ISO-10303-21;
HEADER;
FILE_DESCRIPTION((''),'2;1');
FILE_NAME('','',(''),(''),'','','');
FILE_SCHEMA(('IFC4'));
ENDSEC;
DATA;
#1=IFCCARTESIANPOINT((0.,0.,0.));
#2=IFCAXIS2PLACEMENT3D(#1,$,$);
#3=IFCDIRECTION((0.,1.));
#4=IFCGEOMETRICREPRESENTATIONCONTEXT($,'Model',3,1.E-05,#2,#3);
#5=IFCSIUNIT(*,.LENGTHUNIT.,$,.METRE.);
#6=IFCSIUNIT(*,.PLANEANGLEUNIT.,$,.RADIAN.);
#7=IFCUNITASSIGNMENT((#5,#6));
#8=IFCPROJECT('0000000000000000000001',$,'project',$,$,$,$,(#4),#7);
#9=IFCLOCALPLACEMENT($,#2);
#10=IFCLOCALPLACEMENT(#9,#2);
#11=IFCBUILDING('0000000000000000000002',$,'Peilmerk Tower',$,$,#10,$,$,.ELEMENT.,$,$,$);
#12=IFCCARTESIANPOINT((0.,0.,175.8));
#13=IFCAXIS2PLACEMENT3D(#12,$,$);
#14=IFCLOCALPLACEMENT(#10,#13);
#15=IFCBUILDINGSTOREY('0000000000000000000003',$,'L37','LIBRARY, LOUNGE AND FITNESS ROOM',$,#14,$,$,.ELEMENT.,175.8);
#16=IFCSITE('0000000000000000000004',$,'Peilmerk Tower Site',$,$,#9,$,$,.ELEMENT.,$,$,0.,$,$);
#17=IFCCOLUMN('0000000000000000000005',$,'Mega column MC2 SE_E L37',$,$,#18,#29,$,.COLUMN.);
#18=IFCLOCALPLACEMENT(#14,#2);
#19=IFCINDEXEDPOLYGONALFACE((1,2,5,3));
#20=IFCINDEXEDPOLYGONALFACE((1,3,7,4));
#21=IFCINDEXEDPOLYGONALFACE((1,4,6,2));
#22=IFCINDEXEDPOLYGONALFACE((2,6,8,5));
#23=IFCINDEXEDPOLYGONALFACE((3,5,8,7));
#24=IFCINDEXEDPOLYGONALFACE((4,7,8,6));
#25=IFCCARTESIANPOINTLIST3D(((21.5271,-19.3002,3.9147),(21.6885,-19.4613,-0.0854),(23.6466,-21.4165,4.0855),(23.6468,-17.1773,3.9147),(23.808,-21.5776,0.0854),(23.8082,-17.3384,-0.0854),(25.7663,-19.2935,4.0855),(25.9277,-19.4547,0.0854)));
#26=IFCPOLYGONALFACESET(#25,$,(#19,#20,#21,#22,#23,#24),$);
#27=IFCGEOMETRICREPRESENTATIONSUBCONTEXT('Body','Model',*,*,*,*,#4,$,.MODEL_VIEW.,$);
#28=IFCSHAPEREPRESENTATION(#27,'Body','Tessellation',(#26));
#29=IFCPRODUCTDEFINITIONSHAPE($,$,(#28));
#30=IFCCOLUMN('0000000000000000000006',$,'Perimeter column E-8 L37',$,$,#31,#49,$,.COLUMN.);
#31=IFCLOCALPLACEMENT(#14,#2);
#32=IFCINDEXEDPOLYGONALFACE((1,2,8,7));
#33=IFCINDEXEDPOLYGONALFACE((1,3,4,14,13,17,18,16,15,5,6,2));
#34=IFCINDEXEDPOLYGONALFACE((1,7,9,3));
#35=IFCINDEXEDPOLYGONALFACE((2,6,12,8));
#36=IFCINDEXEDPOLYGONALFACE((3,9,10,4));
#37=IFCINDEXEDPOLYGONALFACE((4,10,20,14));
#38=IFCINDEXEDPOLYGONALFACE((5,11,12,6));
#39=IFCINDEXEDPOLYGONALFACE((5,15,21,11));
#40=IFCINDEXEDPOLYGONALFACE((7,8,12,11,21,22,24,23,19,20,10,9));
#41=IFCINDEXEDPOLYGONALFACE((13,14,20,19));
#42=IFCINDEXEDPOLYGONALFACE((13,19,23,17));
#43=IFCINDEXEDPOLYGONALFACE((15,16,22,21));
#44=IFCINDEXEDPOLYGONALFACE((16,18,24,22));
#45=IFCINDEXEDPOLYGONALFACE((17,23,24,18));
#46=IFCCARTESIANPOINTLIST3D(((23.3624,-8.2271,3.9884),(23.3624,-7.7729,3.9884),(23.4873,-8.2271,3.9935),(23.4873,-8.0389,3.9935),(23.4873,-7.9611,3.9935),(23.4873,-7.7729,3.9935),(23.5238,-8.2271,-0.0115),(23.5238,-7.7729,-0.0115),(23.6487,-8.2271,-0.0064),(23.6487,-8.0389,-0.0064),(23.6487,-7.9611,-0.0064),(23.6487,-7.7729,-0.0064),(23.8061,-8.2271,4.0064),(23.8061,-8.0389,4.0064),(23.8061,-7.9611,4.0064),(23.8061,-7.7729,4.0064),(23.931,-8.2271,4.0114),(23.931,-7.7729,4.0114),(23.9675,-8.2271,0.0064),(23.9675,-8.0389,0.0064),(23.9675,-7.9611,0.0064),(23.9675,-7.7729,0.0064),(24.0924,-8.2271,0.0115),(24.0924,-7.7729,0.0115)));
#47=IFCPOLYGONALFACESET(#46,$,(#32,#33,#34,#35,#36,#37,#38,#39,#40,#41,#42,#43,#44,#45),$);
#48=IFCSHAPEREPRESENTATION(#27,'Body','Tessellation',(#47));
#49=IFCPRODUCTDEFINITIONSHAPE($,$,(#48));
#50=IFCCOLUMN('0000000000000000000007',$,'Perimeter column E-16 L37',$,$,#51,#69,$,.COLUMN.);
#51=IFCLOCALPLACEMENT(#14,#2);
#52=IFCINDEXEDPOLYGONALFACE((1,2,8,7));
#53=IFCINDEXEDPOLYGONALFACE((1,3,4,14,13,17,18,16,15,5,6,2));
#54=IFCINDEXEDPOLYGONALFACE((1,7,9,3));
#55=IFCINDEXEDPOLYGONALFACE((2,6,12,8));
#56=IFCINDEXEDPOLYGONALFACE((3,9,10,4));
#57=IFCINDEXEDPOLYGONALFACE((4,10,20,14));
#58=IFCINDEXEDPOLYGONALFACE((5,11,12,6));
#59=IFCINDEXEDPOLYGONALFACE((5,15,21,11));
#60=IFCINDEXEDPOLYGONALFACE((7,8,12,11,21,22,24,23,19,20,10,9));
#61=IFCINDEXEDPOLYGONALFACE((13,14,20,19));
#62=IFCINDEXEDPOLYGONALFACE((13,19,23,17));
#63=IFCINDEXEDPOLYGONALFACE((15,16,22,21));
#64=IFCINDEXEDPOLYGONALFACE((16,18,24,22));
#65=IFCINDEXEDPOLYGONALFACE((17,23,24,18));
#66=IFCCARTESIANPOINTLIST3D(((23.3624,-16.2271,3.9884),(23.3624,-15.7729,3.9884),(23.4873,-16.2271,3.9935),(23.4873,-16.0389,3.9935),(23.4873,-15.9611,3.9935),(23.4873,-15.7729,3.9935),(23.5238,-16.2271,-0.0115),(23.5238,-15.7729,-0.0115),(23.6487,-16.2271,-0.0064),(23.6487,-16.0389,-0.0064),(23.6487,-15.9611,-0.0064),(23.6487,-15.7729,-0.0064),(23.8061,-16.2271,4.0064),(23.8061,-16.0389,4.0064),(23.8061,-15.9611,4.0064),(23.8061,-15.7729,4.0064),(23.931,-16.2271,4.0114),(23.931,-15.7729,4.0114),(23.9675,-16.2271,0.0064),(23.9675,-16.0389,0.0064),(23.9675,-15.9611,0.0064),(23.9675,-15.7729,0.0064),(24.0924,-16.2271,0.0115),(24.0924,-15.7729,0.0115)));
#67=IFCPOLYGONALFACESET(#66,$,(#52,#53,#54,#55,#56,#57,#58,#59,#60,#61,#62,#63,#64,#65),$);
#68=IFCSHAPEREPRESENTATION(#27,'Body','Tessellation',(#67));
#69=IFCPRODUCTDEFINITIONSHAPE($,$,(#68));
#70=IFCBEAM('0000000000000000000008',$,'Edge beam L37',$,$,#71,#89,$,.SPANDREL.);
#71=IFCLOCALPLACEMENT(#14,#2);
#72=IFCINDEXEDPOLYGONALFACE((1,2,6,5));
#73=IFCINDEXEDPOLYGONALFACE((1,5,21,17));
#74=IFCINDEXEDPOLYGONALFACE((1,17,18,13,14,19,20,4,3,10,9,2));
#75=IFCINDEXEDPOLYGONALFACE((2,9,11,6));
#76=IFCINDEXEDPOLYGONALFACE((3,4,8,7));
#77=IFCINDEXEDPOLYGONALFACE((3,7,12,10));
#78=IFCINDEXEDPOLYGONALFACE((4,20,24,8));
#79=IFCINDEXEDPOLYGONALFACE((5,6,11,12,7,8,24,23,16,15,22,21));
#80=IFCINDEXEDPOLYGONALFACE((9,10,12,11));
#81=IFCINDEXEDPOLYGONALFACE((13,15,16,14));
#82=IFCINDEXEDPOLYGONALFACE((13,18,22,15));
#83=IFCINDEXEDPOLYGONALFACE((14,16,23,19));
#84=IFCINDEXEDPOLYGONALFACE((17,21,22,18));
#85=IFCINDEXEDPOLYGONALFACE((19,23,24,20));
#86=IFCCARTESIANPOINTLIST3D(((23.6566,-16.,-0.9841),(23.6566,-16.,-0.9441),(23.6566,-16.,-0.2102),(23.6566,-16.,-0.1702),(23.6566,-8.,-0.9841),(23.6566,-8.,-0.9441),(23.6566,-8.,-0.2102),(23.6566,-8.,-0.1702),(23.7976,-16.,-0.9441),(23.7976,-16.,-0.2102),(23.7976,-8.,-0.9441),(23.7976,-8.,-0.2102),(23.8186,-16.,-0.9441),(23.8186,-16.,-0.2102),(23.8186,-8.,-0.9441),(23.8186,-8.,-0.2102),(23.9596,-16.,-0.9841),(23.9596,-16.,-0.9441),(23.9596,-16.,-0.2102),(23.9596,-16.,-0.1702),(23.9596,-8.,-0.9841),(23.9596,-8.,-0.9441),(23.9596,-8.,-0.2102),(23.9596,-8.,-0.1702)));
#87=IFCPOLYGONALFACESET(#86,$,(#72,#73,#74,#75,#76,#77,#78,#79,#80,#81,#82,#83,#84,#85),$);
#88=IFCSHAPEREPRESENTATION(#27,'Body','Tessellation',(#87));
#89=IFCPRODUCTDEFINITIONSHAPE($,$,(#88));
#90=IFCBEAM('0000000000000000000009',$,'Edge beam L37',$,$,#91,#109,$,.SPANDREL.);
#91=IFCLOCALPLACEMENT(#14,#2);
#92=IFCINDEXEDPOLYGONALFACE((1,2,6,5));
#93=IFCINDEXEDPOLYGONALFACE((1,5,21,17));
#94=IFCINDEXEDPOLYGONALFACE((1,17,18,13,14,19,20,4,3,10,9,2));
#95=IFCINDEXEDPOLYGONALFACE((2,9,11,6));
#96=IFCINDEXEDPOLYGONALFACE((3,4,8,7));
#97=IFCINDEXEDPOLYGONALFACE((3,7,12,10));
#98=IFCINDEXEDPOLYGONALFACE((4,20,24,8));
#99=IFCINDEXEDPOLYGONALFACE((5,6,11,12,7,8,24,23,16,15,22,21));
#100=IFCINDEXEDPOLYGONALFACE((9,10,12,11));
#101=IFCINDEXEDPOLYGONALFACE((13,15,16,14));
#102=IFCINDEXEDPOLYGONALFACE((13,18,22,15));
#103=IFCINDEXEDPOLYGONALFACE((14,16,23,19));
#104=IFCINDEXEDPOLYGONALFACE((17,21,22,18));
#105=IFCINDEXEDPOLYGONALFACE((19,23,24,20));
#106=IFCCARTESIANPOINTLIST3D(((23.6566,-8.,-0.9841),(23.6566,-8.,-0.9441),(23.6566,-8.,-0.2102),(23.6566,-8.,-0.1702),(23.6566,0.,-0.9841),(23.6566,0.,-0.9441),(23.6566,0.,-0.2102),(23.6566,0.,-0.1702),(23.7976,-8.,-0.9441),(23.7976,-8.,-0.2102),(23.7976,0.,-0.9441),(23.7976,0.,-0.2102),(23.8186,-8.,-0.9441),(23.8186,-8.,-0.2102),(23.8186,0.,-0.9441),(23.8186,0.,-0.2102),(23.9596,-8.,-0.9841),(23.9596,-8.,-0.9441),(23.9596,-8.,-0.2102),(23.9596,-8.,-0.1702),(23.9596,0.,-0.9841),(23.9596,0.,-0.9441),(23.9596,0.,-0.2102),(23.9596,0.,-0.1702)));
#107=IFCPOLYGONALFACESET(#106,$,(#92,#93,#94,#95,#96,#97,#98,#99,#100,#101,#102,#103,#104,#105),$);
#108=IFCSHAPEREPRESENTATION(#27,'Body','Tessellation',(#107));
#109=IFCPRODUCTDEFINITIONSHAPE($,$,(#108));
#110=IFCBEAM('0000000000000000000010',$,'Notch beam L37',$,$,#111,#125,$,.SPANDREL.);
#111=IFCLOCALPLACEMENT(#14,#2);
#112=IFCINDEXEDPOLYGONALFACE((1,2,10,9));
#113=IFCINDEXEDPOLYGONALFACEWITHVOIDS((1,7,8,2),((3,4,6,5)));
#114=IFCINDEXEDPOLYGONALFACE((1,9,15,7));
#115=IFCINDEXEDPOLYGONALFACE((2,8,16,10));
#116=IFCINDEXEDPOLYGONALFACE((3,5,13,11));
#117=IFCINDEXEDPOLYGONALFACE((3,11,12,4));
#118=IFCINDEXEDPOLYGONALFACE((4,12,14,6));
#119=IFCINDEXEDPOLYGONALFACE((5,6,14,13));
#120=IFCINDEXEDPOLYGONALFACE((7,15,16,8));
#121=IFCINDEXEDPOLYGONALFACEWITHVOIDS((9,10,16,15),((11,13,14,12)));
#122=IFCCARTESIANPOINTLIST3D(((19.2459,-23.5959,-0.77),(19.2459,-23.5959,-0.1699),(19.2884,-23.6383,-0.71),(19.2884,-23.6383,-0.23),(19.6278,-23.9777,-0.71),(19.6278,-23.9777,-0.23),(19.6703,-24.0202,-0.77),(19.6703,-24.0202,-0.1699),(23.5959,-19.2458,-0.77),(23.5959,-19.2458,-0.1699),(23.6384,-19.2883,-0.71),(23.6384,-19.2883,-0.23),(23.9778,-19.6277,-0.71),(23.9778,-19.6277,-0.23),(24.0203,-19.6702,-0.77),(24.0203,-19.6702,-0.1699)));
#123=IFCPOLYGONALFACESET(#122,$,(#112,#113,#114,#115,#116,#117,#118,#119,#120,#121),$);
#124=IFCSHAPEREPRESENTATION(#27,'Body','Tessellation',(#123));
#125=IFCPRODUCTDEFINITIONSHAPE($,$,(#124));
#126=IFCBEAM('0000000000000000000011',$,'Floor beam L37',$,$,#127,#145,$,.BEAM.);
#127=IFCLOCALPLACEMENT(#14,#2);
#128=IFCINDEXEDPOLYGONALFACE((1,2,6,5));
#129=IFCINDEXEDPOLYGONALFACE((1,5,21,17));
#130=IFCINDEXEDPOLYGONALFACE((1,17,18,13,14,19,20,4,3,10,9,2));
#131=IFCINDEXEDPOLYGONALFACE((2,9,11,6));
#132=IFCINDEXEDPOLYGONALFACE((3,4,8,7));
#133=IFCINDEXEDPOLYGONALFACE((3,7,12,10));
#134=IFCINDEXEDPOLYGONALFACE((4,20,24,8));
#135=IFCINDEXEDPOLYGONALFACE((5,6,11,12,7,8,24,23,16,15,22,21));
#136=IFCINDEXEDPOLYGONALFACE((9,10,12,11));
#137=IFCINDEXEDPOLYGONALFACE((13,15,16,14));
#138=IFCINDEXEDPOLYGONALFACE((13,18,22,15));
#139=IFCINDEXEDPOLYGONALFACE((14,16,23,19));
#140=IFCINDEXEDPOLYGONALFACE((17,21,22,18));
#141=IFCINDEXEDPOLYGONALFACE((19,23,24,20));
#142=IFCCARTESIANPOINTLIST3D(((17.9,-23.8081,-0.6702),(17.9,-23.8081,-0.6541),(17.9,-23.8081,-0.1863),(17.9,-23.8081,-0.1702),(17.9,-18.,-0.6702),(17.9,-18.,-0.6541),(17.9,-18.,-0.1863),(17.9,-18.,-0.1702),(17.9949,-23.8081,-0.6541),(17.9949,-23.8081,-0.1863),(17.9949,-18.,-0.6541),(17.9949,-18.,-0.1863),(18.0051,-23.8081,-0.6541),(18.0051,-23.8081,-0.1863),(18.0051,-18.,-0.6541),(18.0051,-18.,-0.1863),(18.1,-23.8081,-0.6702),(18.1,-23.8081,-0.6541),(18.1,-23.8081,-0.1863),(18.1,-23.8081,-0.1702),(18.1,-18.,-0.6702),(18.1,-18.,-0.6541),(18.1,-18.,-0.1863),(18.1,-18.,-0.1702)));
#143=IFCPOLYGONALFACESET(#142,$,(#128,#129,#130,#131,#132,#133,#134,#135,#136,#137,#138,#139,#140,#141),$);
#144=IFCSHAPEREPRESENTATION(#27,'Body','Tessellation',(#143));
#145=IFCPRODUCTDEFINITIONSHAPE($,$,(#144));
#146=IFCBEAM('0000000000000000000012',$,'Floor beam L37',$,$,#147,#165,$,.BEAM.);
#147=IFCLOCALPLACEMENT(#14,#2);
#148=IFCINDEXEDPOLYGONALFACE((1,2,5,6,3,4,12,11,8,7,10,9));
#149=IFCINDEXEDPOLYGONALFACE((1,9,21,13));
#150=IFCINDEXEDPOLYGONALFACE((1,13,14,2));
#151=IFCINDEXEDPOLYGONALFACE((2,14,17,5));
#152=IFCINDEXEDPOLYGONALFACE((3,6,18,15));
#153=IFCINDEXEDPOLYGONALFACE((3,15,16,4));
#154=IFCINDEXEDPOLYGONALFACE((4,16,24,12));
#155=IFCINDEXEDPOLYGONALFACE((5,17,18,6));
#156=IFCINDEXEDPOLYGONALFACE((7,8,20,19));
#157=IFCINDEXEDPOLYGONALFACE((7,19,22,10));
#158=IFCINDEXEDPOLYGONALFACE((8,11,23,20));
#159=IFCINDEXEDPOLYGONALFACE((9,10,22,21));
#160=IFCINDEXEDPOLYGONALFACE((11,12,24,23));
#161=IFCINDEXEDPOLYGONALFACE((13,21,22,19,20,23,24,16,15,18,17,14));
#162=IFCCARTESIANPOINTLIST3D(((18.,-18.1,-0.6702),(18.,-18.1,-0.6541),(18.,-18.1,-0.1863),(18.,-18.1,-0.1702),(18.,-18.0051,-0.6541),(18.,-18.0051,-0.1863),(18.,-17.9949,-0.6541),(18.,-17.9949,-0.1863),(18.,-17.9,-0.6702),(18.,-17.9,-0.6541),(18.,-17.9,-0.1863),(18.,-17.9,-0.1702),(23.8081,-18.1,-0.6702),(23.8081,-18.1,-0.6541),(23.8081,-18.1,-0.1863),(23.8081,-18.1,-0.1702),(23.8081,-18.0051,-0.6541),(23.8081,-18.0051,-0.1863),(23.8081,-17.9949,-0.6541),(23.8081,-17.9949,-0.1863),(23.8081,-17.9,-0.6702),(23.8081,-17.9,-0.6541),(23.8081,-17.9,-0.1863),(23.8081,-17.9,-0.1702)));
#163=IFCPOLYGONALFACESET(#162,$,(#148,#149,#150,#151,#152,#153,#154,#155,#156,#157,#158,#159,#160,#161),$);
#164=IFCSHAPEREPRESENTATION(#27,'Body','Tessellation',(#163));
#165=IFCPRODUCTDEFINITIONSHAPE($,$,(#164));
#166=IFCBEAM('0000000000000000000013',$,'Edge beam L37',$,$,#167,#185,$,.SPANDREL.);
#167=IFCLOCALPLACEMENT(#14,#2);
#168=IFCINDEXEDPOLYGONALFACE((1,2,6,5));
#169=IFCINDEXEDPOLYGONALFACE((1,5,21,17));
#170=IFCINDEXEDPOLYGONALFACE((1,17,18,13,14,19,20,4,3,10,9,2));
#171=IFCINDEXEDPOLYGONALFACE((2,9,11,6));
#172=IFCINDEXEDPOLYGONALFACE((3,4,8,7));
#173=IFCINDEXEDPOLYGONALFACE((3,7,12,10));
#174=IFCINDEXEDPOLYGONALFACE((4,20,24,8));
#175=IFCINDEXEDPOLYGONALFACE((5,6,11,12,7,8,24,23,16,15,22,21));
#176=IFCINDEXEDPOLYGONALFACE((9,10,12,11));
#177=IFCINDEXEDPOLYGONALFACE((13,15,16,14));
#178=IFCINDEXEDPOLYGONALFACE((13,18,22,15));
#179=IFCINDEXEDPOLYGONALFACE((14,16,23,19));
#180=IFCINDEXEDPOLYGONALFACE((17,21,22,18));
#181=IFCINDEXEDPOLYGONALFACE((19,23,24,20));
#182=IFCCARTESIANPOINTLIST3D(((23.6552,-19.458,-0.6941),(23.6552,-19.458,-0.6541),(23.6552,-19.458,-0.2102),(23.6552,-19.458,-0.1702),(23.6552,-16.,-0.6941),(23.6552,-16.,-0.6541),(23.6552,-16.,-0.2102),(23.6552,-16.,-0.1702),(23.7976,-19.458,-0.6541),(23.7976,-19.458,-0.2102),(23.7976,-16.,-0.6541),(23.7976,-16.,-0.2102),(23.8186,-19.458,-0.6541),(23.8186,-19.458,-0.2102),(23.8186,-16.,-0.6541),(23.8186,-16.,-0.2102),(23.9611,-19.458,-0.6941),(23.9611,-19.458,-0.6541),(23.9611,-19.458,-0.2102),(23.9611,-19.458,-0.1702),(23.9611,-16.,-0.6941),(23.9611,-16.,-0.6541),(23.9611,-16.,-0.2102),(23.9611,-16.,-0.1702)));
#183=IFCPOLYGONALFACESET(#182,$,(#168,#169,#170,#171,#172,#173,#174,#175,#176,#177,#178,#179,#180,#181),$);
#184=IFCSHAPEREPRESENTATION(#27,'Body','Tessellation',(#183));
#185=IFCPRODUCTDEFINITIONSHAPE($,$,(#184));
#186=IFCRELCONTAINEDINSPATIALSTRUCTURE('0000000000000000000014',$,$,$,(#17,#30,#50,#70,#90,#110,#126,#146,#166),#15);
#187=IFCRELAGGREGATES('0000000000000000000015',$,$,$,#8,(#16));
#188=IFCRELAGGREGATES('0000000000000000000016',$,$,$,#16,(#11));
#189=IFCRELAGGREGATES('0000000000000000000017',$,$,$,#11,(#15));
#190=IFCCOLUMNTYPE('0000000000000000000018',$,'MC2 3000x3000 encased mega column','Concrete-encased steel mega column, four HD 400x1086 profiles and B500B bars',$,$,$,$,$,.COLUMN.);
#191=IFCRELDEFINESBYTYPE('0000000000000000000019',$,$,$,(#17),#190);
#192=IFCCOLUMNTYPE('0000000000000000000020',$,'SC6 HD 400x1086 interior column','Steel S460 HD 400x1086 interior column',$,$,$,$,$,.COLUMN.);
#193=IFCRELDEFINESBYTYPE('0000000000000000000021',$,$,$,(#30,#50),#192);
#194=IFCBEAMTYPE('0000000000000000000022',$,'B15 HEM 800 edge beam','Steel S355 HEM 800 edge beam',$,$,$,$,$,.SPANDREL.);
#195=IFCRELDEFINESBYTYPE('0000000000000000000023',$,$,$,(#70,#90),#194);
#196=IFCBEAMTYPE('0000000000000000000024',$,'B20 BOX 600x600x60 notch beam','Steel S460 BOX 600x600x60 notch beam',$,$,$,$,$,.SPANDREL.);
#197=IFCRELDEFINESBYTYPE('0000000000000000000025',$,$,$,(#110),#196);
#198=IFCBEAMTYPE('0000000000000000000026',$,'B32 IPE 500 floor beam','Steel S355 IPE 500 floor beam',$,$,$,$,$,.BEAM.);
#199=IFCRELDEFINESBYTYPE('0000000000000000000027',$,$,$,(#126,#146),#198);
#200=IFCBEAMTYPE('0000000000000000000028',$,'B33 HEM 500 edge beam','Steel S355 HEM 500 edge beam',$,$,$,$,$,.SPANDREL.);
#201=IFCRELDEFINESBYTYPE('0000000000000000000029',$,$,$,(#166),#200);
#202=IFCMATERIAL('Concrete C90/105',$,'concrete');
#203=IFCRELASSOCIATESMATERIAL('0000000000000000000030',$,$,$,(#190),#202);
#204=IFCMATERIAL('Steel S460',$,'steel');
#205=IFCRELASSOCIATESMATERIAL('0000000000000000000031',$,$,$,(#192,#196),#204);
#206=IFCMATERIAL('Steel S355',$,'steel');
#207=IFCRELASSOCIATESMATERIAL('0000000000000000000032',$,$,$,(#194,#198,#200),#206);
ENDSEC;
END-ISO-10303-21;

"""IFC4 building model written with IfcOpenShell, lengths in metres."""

from ifc_helpers import new_model, si_unit, direction, frame, origin, origin_2d, place, context, subcontext, project, spatial, rectangle, hollow_rectangle, i_section, extrude, material, material_profile, profile_set, type_object, element, save


model = new_model("IFC4")

# Units and contexts
model_context = context("Model", 3, precision=1e-05, world=origin(), true_north=direction((0.0, 1.0)))
body_context = subcontext(model_context, "Body", "Model", "MODEL_VIEW")
ifc_project = project(units=[si_unit("LENGTHUNIT", "METRE"), si_unit("PLANEANGLEUNIT", "RADIAN")], contexts=[model_context])

# Site, building, storey
site_placement = place(None, origin())
site = spatial("IfcSite", under=ifc_project, at=site_placement, Name="Peilmerk Tower Site", CompositionType="ELEMENT", RefElevation=0.0)
building_placement = place(site_placement, origin())
building = spatial("IfcBuilding", under=site, at=building_placement, Name="Peilmerk Tower", CompositionType="ELEMENT")
storey_placement = place(building_placement, frame((0.0, 0.0, 175.8)))
storey = spatial("IfcBuildingStorey", under=building, at=storey_placement, Name="L37", Description="LIBRARY, LOUNGE AND FITNESS ROOM", CompositionType="ELEMENT", Elevation=175.8)

# Columns
ifc_material_1 = material(Name="Concrete C90/105", Category="concrete")
ifc_material_profile_1 = material_profile(ifc_material_1, rectangle(XDim=3.0, YDim=3.0, at=origin_2d()), Name="RC 3000x3000")
ifc_profile_set_1 = profile_set([ifc_material_profile_1], Name="Concrete C90/105")
column_type_1 = type_object("IfcColumnType", Name="MC2 3000x3000 encased mega column", Description="Concrete-encased steel mega column, four HD 400x1086 profiles and B500B bars", PredefinedType="COLUMN", material=ifc_profile_set_1)
column_placement = place(storey_placement, frame((23.8081, -19.458, 0.0), z_axis=(-0.040279, 0.040218, 0.998379), x_axis=(-0.706571, -0.707642, 0.0)))
element("IfcColumn", 1, at=column_placement, inside=storey, type_object=column_type_1, Name="Mega column MC2 SE_E L37", PredefinedType="COLUMN", context=body_context, shape_type="SweptSolid", body=[
    extrude(rectangle(XDim=3.0, YDim=3.0, at=origin_2d()), origin(), (0.0, 0.0, 1.0), 4.0066),
])
ifc_material_2 = material(Name="Steel S460", Category="steel")
ifc_material_profile_2 = material_profile(ifc_material_2, i_section(OverallWidth=0.4541, OverallDepth=0.5691, WebThickness=0.0779, FlangeThickness=0.125, at=origin_2d()), Name="HD 400x1086")
ifc_profile_set_2 = profile_set([ifc_material_profile_2], Name="Steel S460")
column_type_2 = type_object("IfcColumnType", Name="SC6 HD 400x1086 interior column", Description="Steel S460 HD 400x1086 interior column", PredefinedType="COLUMN", material=ifc_profile_set_2)
for number, where, z_axis, x_axis, name in (
    (2, (23.8081, -8.0, 0.0), (-0.040311, 0.0, 0.999187), (0.0, -1.0, 0.0), "Perimeter column E-8 L37"),
    (3, (23.8081, -16.0, 0.0), (-0.040311, 0.0, 0.999187), (0.0, -1.0, 0.0), "Perimeter column E-16 L37"),
):
    element("IfcColumn", number, at=place(storey_placement, frame(where, z_axis=z_axis, x_axis=x_axis)), inside=storey, type_object=column_type_2, Name=name, PredefinedType="COLUMN", context=body_context, shape_type="SweptSolid", body=[
        extrude(i_section(OverallWidth=0.4541, OverallDepth=0.5691, WebThickness=0.0779, FlangeThickness=0.125, at=origin_2d()), origin(), (0.0, 0.0, 1.0), 4.0032),
    ])

# Beams
ifc_material_3 = material(Name="Steel S355", Category="steel")
ifc_material_profile_3 = material_profile(ifc_material_3, i_section(OverallWidth=0.303, OverallDepth=0.814, WebThickness=0.021, FlangeThickness=0.04, at=origin_2d()), Name="HEM 800")
ifc_profile_set_3 = profile_set([ifc_material_profile_3], Name="Steel S355")
beam_type_1 = type_object("IfcBeamType", Name="B15 HEM 800 edge beam", Description="Steel S355 HEM 800 edge beam", PredefinedType="SPANDREL", material=ifc_profile_set_3)
for number, where, z_axis, x_axis, name in (
    (4, (23.8081, -16.0, -0.5771), (0.0, 1.0, 0.0), (-1.0, 0.0, 0.0), "Edge beam L37"),
    (5, (23.8081, -8.0, -0.5771), (0.0, 1.0, 0.0), (-1.0, 0.0, 0.0), "Edge beam L37"),
):
    element("IfcBeam", number, at=place(storey_placement, frame(where, z_axis=z_axis, x_axis=x_axis)), inside=storey, type_object=beam_type_1, Name=name, PredefinedType="SPANDREL", context=body_context, shape_type="SweptSolid", body=[
        extrude(i_section(OverallWidth=0.303, OverallDepth=0.814, WebThickness=0.021, FlangeThickness=0.04, at=origin_2d()), origin(), (0.0, 0.0, 1.0), 8.0),
    ])
ifc_material_profile_4 = material_profile(ifc_material_2, hollow_rectangle(XDim=0.6001, YDim=0.6001, WallThickness=0.0601, at=origin_2d()), Name="BOX 600x600x60")
ifc_profile_set_4 = profile_set([ifc_material_profile_4], Name="Steel S460")
beam_type_2 = type_object("IfcBeamType", Name="B20 BOX 600x600x60 notch beam", Description="Steel S460 BOX 600x600x60 notch beam", PredefinedType="SPANDREL", material=ifc_profile_set_4)
beam_1_placement = place(storey_placement, frame((23.8081, -19.458, -0.47), z_axis=(-0.707107, -0.707107, 0.0), x_axis=(0.707107, -0.707107, 0.0)))
element("IfcBeam", 6, at=beam_1_placement, inside=storey, type_object=beam_type_2, Name="Notch beam L37", PredefinedType="SPANDREL", context=body_context, shape_type="SweptSolid", body=[
    extrude(hollow_rectangle(XDim=0.6001, YDim=0.6001, WallThickness=0.0601, at=origin_2d()), origin(), (0.0, 0.0, 1.0), 6.1519),
])
ifc_material_profile_5 = material_profile(ifc_material_3, i_section(OverallWidth=0.2, OverallDepth=0.5, WebThickness=0.0103, FlangeThickness=0.0161, at=origin_2d()), Name="IPE 500")
ifc_profile_set_5 = profile_set([ifc_material_profile_5], Name="Steel S355")
beam_type_3 = type_object("IfcBeamType", Name="B32 IPE 500 floor beam", Description="Steel S355 IPE 500 floor beam", PredefinedType="BEAM", material=ifc_profile_set_5)
for number, where, z_axis, x_axis, name in (
    (7, (18.0, -18.0, -0.4202), (0.0, -1.0, 0.0), (1.0, 0.0, 0.0), "Floor beam L37"),
    (8, (18.0, -18.0, -0.4202), (1.0, 0.0, 0.0), (0.0, 1.0, 0.0), "Floor beam L37"),
):
    element("IfcBeam", number, at=place(storey_placement, frame(where, z_axis=z_axis, x_axis=x_axis)), inside=storey, type_object=beam_type_3, Name=name, PredefinedType="BEAM", context=body_context, shape_type="SweptSolid", body=[
        extrude(i_section(OverallWidth=0.2, OverallDepth=0.5, WebThickness=0.0103, FlangeThickness=0.0161, at=origin_2d()), origin(), (0.0, 0.0, 1.0), 5.8081),
    ])
ifc_material_profile_6 = material_profile(ifc_material_3, i_section(OverallWidth=0.3059, OverallDepth=0.5239, WebThickness=0.021, FlangeThickness=0.04, at=origin_2d()), Name="HEM 500")
ifc_profile_set_6 = profile_set([ifc_material_profile_6], Name="Steel S355")
beam_type_4 = type_object("IfcBeamType", Name="B33 HEM 500 edge beam", Description="Steel S355 HEM 500 edge beam", PredefinedType="SPANDREL", material=ifc_profile_set_6)
beam_2_placement = place(storey_placement, frame((23.8081, -19.458, -0.4321), z_axis=(0.0, 1.0, 0.0), x_axis=(-1.0, 0.0, 0.0)))
element("IfcBeam", 9, at=beam_2_placement, inside=storey, type_object=beam_type_4, Name="Edge beam L37", PredefinedType="SPANDREL", context=body_context, shape_type="SweptSolid", body=[
    extrude(i_section(OverallWidth=0.3059, OverallDepth=0.5239, WebThickness=0.021, FlangeThickness=0.04, at=origin_2d()), origin(), (0.0, 0.0, 1.0), 3.458),
])

save(model, "model.ifc")
